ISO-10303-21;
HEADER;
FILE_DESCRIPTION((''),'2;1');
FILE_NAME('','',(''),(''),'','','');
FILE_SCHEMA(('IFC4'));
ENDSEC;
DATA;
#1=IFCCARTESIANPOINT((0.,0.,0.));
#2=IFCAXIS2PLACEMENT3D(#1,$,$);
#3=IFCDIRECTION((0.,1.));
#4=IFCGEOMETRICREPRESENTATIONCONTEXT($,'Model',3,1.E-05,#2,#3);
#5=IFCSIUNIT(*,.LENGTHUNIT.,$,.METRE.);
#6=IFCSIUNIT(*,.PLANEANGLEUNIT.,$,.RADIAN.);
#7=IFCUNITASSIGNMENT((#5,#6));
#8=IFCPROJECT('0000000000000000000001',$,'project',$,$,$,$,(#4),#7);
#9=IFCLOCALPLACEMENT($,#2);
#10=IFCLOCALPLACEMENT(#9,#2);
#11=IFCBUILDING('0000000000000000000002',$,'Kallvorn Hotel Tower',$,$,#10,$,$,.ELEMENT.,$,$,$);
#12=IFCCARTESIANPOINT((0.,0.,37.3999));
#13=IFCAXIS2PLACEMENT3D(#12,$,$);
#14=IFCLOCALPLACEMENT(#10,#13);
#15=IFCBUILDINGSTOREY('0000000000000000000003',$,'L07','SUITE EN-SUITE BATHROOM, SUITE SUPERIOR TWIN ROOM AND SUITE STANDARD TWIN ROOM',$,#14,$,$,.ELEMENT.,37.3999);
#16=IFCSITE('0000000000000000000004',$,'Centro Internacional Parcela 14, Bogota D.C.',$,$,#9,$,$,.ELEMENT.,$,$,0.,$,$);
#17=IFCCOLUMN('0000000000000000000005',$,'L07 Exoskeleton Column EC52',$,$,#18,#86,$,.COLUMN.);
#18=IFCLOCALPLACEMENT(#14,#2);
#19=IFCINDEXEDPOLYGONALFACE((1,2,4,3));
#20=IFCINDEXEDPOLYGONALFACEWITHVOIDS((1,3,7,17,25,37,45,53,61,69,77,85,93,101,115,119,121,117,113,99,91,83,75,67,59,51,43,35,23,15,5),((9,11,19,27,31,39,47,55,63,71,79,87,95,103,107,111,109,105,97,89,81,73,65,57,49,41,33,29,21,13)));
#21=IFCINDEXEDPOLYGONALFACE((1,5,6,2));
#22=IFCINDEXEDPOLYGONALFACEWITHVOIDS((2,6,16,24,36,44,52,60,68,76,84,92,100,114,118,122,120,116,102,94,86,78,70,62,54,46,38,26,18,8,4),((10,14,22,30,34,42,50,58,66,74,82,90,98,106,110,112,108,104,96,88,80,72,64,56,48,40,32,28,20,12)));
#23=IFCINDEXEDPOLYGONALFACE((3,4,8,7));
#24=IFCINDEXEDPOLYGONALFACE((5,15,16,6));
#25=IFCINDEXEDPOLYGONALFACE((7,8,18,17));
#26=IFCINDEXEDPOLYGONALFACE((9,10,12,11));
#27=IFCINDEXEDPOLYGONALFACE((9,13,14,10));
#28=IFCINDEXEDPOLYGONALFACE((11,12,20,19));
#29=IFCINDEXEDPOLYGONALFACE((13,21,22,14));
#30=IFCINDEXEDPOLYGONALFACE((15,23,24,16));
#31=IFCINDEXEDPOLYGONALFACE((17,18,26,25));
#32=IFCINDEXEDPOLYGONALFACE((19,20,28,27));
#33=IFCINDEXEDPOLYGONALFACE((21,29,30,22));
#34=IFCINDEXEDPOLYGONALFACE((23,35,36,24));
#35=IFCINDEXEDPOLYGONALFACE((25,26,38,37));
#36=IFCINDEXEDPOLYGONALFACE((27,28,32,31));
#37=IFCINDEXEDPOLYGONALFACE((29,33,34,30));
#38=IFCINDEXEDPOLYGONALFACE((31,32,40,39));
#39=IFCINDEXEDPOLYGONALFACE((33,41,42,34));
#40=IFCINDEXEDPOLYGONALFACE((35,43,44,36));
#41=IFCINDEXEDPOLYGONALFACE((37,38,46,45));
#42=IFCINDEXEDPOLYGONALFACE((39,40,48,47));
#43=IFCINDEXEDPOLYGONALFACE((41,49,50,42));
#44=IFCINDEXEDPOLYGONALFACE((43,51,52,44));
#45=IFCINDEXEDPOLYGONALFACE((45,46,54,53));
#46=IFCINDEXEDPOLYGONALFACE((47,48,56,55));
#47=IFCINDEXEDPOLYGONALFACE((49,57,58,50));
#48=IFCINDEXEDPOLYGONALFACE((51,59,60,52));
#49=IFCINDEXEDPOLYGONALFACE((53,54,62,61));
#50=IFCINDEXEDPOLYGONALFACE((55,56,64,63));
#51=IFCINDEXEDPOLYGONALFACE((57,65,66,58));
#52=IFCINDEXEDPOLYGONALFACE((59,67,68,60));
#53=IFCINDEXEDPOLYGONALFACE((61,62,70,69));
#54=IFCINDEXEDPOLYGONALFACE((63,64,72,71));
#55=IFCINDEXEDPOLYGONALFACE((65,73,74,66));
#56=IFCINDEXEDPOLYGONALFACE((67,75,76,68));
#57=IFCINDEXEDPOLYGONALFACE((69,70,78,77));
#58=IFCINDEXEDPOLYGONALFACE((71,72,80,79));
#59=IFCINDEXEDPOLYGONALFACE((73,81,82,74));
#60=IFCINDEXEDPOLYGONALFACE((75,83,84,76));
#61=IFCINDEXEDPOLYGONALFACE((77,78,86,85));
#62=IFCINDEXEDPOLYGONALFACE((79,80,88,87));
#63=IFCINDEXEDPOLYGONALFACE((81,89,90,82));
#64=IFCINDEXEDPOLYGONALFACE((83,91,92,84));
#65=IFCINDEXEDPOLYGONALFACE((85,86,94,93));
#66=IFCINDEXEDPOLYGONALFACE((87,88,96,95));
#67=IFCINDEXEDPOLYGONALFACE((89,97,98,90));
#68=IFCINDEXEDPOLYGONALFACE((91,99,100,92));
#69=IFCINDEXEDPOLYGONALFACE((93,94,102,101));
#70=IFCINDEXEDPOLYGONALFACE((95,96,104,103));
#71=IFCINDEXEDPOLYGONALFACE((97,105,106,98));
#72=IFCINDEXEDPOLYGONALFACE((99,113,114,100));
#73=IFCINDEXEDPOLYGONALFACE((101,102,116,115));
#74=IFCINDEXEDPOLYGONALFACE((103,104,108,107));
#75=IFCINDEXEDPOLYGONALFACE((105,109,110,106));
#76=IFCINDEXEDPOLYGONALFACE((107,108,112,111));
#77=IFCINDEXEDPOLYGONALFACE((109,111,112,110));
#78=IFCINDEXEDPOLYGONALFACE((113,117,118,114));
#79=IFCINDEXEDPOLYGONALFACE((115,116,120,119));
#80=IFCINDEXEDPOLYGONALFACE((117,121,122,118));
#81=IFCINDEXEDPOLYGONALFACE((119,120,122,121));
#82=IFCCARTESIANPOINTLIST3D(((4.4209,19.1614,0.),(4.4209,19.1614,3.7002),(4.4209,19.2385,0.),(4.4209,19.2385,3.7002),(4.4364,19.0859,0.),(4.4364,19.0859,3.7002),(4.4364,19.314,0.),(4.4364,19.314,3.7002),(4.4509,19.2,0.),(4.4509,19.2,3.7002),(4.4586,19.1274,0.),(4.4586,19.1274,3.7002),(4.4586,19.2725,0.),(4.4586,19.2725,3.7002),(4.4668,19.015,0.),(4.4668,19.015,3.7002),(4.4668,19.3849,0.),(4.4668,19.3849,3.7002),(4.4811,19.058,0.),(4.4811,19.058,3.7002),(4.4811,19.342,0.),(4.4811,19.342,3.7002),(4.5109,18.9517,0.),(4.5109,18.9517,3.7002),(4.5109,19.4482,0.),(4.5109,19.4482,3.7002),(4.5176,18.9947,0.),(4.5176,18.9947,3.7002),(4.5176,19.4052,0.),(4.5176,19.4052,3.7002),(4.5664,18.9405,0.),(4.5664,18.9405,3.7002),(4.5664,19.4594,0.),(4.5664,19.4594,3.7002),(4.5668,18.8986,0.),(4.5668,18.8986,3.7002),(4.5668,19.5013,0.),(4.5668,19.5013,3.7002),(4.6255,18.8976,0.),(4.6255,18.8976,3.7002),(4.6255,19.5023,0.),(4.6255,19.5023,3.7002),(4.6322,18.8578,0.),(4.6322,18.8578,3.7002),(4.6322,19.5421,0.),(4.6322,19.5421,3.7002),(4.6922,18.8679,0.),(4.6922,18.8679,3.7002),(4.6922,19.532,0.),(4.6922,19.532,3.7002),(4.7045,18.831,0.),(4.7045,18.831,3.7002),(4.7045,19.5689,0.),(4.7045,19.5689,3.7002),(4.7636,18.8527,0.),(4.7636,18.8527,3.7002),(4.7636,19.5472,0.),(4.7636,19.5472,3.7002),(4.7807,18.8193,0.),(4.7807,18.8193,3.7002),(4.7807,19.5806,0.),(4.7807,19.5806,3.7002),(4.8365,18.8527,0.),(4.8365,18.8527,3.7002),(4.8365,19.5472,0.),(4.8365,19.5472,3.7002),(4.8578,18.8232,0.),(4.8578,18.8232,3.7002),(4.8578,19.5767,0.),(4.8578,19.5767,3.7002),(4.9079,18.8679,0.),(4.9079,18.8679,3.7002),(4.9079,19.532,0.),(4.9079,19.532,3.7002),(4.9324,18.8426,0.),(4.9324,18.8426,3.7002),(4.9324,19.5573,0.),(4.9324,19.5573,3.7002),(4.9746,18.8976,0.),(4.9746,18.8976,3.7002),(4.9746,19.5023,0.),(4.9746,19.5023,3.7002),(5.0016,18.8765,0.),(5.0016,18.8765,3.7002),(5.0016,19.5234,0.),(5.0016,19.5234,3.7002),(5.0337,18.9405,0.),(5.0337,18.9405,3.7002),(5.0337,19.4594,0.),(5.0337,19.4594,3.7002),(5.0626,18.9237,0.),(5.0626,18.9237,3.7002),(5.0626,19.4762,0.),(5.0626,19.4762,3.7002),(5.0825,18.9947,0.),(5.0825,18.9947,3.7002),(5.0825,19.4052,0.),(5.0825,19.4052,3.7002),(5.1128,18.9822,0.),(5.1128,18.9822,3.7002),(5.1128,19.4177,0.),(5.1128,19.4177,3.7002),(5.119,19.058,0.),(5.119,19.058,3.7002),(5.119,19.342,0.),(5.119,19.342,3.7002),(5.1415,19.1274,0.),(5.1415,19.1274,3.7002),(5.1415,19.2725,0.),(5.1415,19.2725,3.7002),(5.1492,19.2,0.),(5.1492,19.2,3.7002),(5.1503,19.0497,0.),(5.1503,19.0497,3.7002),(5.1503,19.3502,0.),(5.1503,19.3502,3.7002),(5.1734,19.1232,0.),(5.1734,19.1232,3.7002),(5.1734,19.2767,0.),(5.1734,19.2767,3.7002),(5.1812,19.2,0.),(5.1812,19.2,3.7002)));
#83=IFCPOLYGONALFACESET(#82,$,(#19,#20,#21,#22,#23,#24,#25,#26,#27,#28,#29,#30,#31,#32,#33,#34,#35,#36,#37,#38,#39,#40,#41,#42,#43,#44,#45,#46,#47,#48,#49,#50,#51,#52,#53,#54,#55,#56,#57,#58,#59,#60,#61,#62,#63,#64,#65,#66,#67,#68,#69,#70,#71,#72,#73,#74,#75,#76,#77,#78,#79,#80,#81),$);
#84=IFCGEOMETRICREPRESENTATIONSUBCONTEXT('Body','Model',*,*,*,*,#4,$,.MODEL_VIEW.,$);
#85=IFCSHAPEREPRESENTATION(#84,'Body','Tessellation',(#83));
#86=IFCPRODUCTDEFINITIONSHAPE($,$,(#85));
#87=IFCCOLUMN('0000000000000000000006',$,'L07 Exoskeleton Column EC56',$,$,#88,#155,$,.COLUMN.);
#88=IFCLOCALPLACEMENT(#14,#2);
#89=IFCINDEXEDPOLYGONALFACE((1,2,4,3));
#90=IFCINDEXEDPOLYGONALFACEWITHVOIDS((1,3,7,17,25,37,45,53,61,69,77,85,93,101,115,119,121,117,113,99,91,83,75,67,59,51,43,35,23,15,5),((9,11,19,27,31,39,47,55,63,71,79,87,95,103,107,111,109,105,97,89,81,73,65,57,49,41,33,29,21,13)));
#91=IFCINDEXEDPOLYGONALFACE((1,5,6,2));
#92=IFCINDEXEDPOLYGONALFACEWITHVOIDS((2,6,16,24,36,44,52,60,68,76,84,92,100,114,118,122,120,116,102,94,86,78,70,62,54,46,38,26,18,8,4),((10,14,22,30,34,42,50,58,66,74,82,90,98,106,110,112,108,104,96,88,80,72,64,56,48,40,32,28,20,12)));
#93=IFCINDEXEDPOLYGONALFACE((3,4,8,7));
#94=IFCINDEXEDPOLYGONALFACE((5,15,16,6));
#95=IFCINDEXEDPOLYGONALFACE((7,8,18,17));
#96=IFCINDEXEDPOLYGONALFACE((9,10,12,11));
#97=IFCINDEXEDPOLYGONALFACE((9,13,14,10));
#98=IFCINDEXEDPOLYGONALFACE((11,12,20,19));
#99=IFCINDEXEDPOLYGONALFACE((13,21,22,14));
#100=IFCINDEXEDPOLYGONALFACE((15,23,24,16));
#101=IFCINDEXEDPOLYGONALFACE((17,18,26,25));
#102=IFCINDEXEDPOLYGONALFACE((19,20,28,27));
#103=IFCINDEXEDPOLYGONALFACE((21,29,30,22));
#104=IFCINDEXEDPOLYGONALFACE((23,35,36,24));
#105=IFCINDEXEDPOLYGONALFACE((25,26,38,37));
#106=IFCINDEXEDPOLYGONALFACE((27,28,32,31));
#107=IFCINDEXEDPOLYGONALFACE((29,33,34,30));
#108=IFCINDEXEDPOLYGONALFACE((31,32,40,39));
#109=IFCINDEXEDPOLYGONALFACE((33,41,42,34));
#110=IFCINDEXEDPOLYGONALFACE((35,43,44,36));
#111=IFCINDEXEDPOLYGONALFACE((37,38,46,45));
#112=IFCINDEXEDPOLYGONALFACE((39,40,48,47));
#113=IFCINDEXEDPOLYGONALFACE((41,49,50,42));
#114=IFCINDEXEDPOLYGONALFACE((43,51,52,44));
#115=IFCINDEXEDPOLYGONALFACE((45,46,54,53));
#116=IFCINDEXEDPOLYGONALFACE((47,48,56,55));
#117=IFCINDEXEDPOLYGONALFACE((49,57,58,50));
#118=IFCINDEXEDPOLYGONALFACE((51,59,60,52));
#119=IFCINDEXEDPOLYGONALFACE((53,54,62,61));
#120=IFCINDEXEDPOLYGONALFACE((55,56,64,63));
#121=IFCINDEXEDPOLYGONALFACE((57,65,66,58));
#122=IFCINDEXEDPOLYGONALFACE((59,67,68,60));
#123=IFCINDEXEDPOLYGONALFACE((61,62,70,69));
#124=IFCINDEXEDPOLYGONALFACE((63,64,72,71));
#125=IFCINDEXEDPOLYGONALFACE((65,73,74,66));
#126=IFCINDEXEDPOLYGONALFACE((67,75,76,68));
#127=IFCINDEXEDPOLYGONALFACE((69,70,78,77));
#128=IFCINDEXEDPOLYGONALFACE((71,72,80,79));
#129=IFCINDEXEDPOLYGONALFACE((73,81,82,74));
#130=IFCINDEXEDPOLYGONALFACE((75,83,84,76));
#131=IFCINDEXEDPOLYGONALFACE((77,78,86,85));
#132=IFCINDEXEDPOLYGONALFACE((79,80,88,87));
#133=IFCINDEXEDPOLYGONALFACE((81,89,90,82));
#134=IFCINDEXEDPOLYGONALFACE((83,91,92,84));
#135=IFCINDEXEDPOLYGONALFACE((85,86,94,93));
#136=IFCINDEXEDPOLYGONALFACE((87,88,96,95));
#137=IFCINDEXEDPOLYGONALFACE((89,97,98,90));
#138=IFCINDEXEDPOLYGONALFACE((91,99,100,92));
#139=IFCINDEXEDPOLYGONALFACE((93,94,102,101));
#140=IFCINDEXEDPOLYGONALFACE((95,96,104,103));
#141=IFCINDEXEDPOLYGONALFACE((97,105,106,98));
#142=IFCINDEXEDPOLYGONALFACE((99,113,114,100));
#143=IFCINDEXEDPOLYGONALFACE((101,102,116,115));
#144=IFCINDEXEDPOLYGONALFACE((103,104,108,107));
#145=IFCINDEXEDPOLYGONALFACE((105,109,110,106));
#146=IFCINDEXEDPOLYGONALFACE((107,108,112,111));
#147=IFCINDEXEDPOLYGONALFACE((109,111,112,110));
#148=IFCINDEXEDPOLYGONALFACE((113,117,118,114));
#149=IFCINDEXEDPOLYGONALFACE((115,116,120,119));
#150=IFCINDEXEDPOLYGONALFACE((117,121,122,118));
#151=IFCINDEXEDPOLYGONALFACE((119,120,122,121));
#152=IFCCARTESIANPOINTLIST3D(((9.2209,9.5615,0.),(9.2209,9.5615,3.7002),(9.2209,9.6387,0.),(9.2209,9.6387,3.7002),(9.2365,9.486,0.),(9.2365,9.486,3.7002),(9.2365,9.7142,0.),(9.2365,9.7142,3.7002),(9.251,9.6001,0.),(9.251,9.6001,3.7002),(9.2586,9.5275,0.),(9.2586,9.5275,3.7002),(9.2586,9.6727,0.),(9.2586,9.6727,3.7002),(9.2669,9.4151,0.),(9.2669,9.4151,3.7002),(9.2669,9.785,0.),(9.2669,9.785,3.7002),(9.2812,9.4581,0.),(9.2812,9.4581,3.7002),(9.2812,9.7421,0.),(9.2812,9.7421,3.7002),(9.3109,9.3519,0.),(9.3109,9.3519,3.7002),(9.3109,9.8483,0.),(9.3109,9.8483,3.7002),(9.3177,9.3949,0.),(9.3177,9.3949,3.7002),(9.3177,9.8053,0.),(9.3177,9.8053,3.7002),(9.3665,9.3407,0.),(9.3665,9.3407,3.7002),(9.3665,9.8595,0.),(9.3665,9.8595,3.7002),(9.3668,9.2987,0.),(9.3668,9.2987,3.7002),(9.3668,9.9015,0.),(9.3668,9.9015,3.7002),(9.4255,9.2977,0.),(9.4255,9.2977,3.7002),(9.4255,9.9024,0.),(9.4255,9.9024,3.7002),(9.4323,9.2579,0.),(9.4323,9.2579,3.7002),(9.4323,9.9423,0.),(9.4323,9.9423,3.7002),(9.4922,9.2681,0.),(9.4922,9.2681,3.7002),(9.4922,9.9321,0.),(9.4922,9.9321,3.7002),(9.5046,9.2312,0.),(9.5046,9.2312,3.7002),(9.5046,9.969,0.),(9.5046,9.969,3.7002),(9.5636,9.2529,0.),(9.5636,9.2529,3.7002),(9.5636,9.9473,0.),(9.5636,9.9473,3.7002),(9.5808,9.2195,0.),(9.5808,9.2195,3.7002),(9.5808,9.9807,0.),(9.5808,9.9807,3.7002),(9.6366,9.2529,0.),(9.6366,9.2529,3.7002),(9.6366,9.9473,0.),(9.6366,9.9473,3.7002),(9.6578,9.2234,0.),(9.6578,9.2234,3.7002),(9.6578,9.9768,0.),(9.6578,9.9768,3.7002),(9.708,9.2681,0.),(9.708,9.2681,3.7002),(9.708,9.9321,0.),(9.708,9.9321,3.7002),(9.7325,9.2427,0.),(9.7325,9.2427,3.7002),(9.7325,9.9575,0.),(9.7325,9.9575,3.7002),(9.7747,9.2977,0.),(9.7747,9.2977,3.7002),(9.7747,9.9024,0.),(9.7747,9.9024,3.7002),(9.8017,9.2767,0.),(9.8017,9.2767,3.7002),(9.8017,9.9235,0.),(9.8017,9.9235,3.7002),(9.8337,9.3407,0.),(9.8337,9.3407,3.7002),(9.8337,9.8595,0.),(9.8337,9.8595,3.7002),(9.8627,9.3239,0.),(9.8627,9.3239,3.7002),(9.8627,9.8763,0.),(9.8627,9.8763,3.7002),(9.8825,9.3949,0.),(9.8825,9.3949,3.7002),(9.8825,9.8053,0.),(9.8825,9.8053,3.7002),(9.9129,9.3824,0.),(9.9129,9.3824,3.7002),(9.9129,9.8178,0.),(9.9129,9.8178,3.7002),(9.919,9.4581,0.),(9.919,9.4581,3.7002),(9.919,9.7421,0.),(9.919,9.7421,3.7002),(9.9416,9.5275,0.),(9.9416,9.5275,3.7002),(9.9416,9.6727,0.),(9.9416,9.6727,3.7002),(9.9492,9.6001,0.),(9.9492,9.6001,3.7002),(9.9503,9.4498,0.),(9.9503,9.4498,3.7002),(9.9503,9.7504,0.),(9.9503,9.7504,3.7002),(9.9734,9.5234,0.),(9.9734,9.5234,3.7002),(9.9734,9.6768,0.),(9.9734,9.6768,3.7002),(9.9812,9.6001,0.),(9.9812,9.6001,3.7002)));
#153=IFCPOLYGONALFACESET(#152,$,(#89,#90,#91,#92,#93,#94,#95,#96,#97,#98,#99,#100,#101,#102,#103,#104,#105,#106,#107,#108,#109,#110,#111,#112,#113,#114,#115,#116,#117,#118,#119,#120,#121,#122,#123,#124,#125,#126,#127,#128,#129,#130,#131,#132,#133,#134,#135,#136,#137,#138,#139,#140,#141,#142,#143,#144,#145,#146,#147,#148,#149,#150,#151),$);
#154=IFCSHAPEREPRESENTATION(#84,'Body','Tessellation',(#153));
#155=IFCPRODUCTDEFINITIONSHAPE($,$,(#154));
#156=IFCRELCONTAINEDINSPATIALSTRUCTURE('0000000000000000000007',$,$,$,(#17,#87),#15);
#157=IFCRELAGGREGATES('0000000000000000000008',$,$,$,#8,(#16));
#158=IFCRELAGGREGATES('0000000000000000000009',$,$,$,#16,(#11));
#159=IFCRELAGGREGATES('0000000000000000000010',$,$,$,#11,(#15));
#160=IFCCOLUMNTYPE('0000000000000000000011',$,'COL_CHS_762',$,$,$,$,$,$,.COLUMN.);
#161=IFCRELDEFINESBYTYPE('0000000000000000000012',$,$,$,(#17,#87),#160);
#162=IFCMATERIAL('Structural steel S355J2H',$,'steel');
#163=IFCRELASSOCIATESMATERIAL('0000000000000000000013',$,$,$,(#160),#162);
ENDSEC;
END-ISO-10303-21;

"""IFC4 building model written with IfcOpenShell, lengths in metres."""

from ifc_helpers import new_model, si_unit, direction, frame, origin, origin_2d, place, context, subcontext, project, spatial, hollow_circle, extrude, material, material_profile, profile_set, type_object, element, save


model = new_model("IFC4")

# Units and contexts
model_context = context("Model", 3, precision=1e-05, world=origin(), true_north=direction((0.0, 1.0)))
body_context = subcontext(model_context, "Body", "Model", "MODEL_VIEW")
ifc_project = project(units=[si_unit("LENGTHUNIT", "METRE"), si_unit("PLANEANGLEUNIT", "RADIAN")], contexts=[model_context])

# Site, building, storey
site_placement = place(None, origin())
site = spatial("IfcSite", under=ifc_project, at=site_placement, Name="Centro Internacional Parcela 14, Bogota D.C.", CompositionType="ELEMENT", RefElevation=0.0)
building_placement = place(site_placement, origin())
building = spatial("IfcBuilding", under=site, at=building_placement, Name="Kallvorn Hotel Tower", CompositionType="ELEMENT")
storey_placement = place(building_placement, frame((0.0, 0.0, 37.3999)))
storey = spatial("IfcBuildingStorey", under=building, at=storey_placement, Name="L07", Description="SUITE EN-SUITE BATHROOM, SUITE SUPERIOR TWIN ROOM AND SUITE STANDARD TWIN ROOM", CompositionType="ELEMENT", Elevation=37.3999)

# Columns
ifc_material_1 = material(Name="Structural steel S355J2H", Category="steel")
ifc_material_profile_1 = material_profile(ifc_material_1, hollow_circle(Radius=0.3811, WallThickness=0.032, at=origin_2d()), Name="CHS 762x32")
ifc_profile_set_1 = profile_set([ifc_material_profile_1], Name="Structural steel S355J2H")
column_type_1 = type_object("IfcColumnType", Name="COL_CHS_762", PredefinedType="COLUMN", material=ifc_profile_set_1)
for number, where, z_axis, x_axis, name in (
    (1, (4.8, 19.2, 0.0), (0.0, 0.0, 1.0), (1.0, 0.0, 0.0), "L07 Exoskeleton Column EC52"),
    (2, (9.6001, 9.6001, 0.0), (0.0, 0.0, 1.0), (1.0, 0.0, 0.0), "L07 Exoskeleton Column EC56"),
):
    element("IfcColumn", number, at=place(storey_placement, frame(where, z_axis=z_axis, x_axis=x_axis)), inside=storey, type_object=column_type_1, Name=name, PredefinedType="COLUMN", context=body_context, shape_type="SweptSolid", body=[
        extrude(hollow_circle(Radius=0.3811, WallThickness=0.032, at=origin_2d()), origin(), (0.0, 0.0, 1.0), 3.7002),
    ])

save(model, "model.ifc")
